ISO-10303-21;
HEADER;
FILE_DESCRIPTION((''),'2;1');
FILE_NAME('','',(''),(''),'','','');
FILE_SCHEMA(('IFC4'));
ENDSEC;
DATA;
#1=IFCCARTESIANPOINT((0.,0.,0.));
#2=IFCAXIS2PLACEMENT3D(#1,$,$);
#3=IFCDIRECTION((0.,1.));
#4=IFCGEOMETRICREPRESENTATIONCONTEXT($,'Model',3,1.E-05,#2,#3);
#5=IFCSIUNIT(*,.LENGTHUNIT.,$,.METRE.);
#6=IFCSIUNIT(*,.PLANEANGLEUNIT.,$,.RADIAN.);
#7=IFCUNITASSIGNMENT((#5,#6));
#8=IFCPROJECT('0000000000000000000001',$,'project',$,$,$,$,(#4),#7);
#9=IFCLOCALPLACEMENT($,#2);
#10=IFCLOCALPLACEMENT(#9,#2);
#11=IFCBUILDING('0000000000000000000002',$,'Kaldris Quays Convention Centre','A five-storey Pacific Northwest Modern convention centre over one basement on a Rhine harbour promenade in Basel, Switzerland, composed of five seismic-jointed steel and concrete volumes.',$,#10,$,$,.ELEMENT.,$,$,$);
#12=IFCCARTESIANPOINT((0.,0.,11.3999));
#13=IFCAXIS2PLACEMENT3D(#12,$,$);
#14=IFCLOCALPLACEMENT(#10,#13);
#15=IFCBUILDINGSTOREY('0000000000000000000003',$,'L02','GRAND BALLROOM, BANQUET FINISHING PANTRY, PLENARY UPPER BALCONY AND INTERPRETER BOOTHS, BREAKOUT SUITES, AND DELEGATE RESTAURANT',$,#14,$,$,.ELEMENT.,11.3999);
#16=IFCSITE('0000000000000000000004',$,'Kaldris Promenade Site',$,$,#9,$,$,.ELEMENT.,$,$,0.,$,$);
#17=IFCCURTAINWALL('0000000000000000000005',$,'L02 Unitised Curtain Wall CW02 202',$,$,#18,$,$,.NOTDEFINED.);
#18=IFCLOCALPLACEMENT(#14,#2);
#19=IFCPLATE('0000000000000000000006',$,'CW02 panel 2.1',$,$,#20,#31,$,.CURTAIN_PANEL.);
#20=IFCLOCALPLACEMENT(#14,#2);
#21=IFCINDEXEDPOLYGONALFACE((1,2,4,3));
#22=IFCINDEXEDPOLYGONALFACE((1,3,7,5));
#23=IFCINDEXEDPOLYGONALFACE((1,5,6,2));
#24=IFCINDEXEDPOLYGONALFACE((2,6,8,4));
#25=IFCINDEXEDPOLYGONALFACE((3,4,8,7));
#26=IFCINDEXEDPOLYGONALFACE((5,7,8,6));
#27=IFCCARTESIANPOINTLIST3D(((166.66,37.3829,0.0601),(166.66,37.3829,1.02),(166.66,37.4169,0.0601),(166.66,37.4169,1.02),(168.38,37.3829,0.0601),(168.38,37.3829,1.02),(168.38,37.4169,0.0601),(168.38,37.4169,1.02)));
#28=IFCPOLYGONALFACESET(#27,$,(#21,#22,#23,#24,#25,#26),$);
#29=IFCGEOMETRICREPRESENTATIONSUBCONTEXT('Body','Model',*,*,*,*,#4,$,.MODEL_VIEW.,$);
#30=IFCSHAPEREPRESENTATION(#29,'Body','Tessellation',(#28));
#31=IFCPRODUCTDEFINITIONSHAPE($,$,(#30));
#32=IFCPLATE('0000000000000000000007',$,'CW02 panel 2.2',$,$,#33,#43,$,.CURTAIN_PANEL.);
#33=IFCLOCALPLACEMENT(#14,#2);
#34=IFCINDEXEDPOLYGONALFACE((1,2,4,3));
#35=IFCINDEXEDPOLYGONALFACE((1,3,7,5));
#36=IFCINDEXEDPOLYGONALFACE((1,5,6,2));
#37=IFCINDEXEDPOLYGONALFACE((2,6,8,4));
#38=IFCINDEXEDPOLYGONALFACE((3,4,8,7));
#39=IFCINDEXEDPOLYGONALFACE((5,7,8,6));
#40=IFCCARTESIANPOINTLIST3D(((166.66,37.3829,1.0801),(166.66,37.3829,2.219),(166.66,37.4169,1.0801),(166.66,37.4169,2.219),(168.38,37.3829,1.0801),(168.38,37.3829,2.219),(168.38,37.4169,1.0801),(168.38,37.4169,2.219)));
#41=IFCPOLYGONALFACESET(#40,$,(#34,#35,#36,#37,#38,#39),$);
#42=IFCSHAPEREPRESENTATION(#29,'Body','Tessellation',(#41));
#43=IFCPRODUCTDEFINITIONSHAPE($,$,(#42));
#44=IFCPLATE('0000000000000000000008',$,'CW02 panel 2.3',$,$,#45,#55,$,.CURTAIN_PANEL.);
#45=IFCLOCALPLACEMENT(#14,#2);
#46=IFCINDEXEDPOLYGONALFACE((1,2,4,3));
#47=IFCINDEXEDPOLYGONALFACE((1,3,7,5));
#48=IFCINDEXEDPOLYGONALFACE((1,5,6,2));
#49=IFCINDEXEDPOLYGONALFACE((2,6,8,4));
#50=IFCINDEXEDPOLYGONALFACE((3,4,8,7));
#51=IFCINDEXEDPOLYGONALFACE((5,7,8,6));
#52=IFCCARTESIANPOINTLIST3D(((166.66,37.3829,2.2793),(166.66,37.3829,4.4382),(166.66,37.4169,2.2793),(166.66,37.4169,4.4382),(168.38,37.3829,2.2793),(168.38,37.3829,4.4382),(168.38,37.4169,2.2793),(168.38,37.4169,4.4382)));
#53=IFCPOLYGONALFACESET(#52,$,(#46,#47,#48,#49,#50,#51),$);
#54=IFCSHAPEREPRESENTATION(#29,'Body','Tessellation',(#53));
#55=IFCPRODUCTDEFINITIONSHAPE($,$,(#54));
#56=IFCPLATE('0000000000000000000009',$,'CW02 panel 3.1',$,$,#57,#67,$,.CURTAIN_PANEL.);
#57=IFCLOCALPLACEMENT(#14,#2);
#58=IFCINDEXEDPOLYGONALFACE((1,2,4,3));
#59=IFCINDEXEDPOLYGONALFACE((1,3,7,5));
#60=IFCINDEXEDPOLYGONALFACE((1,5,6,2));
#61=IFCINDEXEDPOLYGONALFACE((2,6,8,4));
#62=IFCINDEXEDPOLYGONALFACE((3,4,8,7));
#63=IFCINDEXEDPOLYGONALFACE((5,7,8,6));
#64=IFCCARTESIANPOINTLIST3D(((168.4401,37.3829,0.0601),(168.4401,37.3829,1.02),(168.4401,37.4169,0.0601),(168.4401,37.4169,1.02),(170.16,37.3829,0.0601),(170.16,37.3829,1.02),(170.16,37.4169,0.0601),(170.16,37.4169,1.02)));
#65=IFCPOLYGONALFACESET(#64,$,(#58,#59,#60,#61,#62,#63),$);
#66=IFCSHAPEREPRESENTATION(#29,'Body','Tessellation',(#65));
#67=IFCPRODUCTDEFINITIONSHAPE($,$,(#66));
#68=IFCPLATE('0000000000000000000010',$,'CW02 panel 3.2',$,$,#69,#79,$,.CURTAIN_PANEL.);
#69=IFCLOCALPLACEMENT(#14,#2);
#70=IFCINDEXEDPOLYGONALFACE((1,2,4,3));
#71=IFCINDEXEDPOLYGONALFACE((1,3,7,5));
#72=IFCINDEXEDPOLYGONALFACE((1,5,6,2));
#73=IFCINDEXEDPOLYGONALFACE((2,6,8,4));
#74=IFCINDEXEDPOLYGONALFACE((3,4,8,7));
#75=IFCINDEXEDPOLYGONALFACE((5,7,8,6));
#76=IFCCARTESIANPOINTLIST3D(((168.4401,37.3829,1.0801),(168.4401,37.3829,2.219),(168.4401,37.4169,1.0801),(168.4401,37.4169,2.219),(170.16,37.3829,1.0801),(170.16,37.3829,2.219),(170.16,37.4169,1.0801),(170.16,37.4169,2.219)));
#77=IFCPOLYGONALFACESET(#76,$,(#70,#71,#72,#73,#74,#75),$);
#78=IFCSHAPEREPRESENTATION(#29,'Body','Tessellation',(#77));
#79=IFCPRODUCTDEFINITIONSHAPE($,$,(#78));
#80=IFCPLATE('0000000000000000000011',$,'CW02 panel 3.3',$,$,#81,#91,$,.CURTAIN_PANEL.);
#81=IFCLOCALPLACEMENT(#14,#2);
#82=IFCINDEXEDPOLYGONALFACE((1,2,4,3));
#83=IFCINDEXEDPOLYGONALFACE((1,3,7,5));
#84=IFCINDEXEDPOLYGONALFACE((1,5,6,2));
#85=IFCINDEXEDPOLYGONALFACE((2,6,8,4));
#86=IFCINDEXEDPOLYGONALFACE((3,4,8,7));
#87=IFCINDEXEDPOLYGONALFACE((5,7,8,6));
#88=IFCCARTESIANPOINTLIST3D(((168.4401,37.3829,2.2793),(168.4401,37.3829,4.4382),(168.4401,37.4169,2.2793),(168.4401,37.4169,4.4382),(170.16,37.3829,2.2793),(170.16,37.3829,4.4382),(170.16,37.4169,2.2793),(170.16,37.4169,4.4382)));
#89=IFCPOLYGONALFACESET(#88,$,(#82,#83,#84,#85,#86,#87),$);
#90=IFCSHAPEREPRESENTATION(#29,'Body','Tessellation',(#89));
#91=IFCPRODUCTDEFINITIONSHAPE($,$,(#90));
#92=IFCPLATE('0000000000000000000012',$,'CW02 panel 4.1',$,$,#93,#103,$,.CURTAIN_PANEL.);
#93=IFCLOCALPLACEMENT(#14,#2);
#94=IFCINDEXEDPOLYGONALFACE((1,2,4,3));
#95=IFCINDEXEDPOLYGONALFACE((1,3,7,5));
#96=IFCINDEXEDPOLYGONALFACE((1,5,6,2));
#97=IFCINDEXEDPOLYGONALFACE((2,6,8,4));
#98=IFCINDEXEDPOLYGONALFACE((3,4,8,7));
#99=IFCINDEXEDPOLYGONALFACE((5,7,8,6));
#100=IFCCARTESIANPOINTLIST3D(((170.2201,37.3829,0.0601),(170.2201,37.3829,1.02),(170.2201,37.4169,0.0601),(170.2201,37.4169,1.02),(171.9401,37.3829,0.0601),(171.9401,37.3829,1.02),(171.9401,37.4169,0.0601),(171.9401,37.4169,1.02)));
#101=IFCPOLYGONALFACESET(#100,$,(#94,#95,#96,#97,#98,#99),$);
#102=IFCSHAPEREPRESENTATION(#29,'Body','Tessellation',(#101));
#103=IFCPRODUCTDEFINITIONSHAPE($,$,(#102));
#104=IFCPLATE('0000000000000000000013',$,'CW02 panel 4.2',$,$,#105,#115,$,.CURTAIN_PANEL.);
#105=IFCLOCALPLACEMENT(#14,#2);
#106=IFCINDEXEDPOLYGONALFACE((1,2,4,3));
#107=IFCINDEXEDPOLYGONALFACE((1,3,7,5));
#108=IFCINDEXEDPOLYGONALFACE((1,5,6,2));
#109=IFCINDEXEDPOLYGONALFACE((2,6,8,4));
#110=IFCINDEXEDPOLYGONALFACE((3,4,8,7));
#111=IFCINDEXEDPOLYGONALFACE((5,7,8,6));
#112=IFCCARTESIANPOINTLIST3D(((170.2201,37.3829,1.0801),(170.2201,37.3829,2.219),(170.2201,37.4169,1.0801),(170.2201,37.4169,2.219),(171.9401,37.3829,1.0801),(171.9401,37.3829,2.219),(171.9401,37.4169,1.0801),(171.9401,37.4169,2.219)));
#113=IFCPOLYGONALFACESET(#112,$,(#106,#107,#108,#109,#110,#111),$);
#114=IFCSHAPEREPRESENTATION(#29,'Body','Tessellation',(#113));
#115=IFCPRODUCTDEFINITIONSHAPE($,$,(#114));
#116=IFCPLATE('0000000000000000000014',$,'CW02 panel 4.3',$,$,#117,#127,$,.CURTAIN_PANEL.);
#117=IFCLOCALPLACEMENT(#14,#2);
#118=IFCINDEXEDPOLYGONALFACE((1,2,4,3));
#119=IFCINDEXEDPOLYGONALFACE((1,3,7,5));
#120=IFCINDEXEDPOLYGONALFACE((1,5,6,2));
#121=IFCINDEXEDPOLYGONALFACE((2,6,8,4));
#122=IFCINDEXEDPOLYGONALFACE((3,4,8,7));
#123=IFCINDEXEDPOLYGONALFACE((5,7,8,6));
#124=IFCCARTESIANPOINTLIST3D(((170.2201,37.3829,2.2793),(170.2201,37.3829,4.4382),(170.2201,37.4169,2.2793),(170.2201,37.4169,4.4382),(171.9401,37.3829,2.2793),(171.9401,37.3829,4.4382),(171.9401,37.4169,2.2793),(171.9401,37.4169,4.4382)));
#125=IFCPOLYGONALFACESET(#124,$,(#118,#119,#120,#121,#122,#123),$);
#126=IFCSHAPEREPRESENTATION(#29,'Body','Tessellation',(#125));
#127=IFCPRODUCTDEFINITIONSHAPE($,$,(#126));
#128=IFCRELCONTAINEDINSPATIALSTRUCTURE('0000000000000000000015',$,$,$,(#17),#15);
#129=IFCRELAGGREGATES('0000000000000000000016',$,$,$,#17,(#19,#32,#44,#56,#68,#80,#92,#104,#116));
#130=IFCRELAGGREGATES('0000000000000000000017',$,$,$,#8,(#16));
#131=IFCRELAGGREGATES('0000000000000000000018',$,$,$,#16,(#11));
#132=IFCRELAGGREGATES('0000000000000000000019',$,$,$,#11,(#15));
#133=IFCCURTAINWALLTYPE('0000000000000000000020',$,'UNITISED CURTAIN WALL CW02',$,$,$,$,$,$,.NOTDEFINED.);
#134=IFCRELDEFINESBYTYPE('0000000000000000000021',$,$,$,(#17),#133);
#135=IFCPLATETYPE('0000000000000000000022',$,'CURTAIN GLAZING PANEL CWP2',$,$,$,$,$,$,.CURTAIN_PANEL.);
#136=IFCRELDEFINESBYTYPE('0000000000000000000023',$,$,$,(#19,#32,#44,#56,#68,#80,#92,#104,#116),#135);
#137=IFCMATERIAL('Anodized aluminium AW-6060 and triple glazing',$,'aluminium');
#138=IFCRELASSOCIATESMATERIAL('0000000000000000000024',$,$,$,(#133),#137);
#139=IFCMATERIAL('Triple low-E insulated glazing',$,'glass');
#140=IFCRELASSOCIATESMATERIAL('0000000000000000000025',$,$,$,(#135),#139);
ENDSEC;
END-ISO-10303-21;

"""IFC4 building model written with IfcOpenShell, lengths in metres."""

from ifc_helpers import new_model, si_unit, direction, frame, origin, origin_2d, place, context, subcontext, project, spatial, rectangle, extrude, material, type_object, element, aggregate, save


model = new_model("IFC4")

# Units and contexts
model_context = context("Model", 3, precision=1e-05, world=origin(), true_north=direction((0.0, 1.0)))
body_context = subcontext(model_context, "Body", "Model", "MODEL_VIEW")
ifc_project = project(units=[si_unit("LENGTHUNIT", "METRE"), si_unit("PLANEANGLEUNIT", "RADIAN")], contexts=[model_context])

# Site, building, storey
site_placement = place(None, origin())
site = spatial("IfcSite", under=ifc_project, at=site_placement, Name="Kaldris Promenade Site", CompositionType="ELEMENT", RefElevation=0.0)
building_placement = place(site_placement, origin())
building = spatial("IfcBuilding", under=site, at=building_placement, Name="Kaldris Quays Convention Centre", Description="A five-storey Pacific Northwest Modern convention centre over one basement on a Rhine harbour promenade in Basel, Switzerland, composed of five seismic-jointed steel and concrete volumes.", CompositionType="ELEMENT")
storey_placement = place(building_placement, frame((0.0, 0.0, 11.3999)))
storey = spatial("IfcBuildingStorey", under=building, at=storey_placement, Name="L02", Description="GRAND BALLROOM, BANQUET FINISHING PANTRY, PLENARY UPPER BALCONY AND INTERPRETER BOOTHS, BREAKOUT SUITES, AND DELEGATE RESTAURANT", CompositionType="ELEMENT", Elevation=11.3999)

# Curtain wall, plates
ifc_material_1 = material(Name="Anodized aluminium AW-6060 and triple glazing", Category="aluminium")
curtain_wall_type = type_object("IfcCurtainWallType", Name="UNITISED CURTAIN WALL CW02", PredefinedType="NOTDEFINED", material=ifc_material_1)
curtain_wall_placement = place(storey_placement, origin())
curtain_wall = element("IfcCurtainWall", 1, at=curtain_wall_placement, inside=storey, type_object=curtain_wall_type, Name="L02 Unitised Curtain Wall CW02 202", PredefinedType="NOTDEFINED")
ifc_material_2 = material(Name="Triple low-E insulated glazing", Category="glass")
plate_type = type_object("IfcPlateType", Name="CURTAIN GLAZING PANEL CWP2", PredefinedType="CURTAIN_PANEL", material=ifc_material_2)
plate_1_placement = place(storey_placement, frame((167.52, 37.3999, 0.0601), z_axis=(0.0, 0.0, 1.0), x_axis=(1.0, 0.0, 0.0)))
plate_1 = element("IfcPlate", 2, at=plate_1_placement, type_object=plate_type, Name="CW02 panel 2.1", PredefinedType="CURTAIN_PANEL", context=body_context, shape_type="SweptSolid", body=[
    extrude(rectangle(XDim=1.72, YDim=0.0339, at=origin_2d()), origin(), (0.0, 0.0, 1.0), 0.96),
])
plate_2_placement = place(storey_placement, frame((167.52, 37.3999, 1.0801), z_axis=(0.0, 0.0, 1.0), x_axis=(1.0, 0.0, 0.0)))
plate_2 = element("IfcPlate", 3, at=plate_2_placement, type_object=plate_type, Name="CW02 panel 2.2", PredefinedType="CURTAIN_PANEL", context=body_context, shape_type="SweptSolid", body=[
    extrude(rectangle(XDim=1.72, YDim=0.0339, at=origin_2d()), origin(), (0.0, 0.0, 1.0), 1.1389),
])
plate_3_placement = place(storey_placement, frame((167.52, 37.3999, 2.2793), z_axis=(0.0, 0.0, 1.0), x_axis=(1.0, 0.0, 0.0)))
plate_3 = element("IfcPlate", 4, at=plate_3_placement, type_object=plate_type, Name="CW02 panel 2.3", PredefinedType="CURTAIN_PANEL", context=body_context, shape_type="SweptSolid", body=[
    extrude(rectangle(XDim=1.72, YDim=0.0339, at=origin_2d()), origin(), (0.0, 0.0, 1.0), 2.1589),
])
plate_4_placement = place(storey_placement, frame((169.3, 37.3999, 0.0601), z_axis=(0.0, 0.0, 1.0), x_axis=(1.0, 0.0, 0.0)))
plate_4 = element("IfcPlate", 5, at=plate_4_placement, type_object=plate_type, Name="CW02 panel 3.1", PredefinedType="CURTAIN_PANEL", context=body_context, shape_type="SweptSolid", body=[
    extrude(rectangle(XDim=1.72, YDim=0.0339, at=origin_2d()), origin(), (0.0, 0.0, 1.0), 0.96),
])
plate_5_placement = place(storey_placement, frame((169.3, 37.3999, 1.0801), z_axis=(0.0, 0.0, 1.0), x_axis=(1.0, 0.0, 0.0)))
plate_5 = element("IfcPlate", 6, at=plate_5_placement, type_object=plate_type, Name="CW02 panel 3.2", PredefinedType="CURTAIN_PANEL", context=body_context, shape_type="SweptSolid", body=[
    extrude(rectangle(XDim=1.72, YDim=0.0339, at=origin_2d()), origin(), (0.0, 0.0, 1.0), 1.1389),
])
plate_6_placement = place(storey_placement, frame((169.3, 37.3999, 2.2793), z_axis=(0.0, 0.0, 1.0), x_axis=(1.0, 0.0, 0.0)))
plate_6 = element("IfcPlate", 7, at=plate_6_placement, type_object=plate_type, Name="CW02 panel 3.3", PredefinedType="CURTAIN_PANEL", context=body_context, shape_type="SweptSolid", body=[
    extrude(rectangle(XDim=1.72, YDim=0.0339, at=origin_2d()), origin(), (0.0, 0.0, 1.0), 2.1589),
])
plate_7_placement = place(storey_placement, frame((171.0801, 37.3999, 0.0601), z_axis=(0.0, 0.0, 1.0), x_axis=(1.0, 0.0, 0.0)))
plate_7 = element("IfcPlate", 8, at=plate_7_placement, type_object=plate_type, Name="CW02 panel 4.1", PredefinedType="CURTAIN_PANEL", context=body_context, shape_type="SweptSolid", body=[
    extrude(rectangle(XDim=1.72, YDim=0.0339, at=origin_2d()), origin(), (0.0, 0.0, 1.0), 0.96),
])
plate_8_placement = place(storey_placement, frame((171.0801, 37.3999, 1.0801), z_axis=(0.0, 0.0, 1.0), x_axis=(1.0, 0.0, 0.0)))
plate_8 = element("IfcPlate", 9, at=plate_8_placement, type_object=plate_type, Name="CW02 panel 4.2", PredefinedType="CURTAIN_PANEL", context=body_context, shape_type="SweptSolid", body=[
    extrude(rectangle(XDim=1.72, YDim=0.0339, at=origin_2d()), origin(), (0.0, 0.0, 1.0), 1.1389),
])
plate_9_placement = place(storey_placement, frame((171.0801, 37.3999, 2.2793), z_axis=(0.0, 0.0, 1.0), x_axis=(1.0, 0.0, 0.0)))
plate_9 = element("IfcPlate", 10, at=plate_9_placement, type_object=plate_type, Name="CW02 panel 4.3", PredefinedType="CURTAIN_PANEL", context=body_context, shape_type="SweptSolid", body=[
    extrude(rectangle(XDim=1.72, YDim=0.0339, at=origin_2d()), origin(), (0.0, 0.0, 1.0), 2.1589),
])
aggregate(curtain_wall, [plate_1, plate_2, plate_3, plate_4, plate_5, plate_6, plate_7, plate_8, plate_9])

save(model, "model.ifc")
